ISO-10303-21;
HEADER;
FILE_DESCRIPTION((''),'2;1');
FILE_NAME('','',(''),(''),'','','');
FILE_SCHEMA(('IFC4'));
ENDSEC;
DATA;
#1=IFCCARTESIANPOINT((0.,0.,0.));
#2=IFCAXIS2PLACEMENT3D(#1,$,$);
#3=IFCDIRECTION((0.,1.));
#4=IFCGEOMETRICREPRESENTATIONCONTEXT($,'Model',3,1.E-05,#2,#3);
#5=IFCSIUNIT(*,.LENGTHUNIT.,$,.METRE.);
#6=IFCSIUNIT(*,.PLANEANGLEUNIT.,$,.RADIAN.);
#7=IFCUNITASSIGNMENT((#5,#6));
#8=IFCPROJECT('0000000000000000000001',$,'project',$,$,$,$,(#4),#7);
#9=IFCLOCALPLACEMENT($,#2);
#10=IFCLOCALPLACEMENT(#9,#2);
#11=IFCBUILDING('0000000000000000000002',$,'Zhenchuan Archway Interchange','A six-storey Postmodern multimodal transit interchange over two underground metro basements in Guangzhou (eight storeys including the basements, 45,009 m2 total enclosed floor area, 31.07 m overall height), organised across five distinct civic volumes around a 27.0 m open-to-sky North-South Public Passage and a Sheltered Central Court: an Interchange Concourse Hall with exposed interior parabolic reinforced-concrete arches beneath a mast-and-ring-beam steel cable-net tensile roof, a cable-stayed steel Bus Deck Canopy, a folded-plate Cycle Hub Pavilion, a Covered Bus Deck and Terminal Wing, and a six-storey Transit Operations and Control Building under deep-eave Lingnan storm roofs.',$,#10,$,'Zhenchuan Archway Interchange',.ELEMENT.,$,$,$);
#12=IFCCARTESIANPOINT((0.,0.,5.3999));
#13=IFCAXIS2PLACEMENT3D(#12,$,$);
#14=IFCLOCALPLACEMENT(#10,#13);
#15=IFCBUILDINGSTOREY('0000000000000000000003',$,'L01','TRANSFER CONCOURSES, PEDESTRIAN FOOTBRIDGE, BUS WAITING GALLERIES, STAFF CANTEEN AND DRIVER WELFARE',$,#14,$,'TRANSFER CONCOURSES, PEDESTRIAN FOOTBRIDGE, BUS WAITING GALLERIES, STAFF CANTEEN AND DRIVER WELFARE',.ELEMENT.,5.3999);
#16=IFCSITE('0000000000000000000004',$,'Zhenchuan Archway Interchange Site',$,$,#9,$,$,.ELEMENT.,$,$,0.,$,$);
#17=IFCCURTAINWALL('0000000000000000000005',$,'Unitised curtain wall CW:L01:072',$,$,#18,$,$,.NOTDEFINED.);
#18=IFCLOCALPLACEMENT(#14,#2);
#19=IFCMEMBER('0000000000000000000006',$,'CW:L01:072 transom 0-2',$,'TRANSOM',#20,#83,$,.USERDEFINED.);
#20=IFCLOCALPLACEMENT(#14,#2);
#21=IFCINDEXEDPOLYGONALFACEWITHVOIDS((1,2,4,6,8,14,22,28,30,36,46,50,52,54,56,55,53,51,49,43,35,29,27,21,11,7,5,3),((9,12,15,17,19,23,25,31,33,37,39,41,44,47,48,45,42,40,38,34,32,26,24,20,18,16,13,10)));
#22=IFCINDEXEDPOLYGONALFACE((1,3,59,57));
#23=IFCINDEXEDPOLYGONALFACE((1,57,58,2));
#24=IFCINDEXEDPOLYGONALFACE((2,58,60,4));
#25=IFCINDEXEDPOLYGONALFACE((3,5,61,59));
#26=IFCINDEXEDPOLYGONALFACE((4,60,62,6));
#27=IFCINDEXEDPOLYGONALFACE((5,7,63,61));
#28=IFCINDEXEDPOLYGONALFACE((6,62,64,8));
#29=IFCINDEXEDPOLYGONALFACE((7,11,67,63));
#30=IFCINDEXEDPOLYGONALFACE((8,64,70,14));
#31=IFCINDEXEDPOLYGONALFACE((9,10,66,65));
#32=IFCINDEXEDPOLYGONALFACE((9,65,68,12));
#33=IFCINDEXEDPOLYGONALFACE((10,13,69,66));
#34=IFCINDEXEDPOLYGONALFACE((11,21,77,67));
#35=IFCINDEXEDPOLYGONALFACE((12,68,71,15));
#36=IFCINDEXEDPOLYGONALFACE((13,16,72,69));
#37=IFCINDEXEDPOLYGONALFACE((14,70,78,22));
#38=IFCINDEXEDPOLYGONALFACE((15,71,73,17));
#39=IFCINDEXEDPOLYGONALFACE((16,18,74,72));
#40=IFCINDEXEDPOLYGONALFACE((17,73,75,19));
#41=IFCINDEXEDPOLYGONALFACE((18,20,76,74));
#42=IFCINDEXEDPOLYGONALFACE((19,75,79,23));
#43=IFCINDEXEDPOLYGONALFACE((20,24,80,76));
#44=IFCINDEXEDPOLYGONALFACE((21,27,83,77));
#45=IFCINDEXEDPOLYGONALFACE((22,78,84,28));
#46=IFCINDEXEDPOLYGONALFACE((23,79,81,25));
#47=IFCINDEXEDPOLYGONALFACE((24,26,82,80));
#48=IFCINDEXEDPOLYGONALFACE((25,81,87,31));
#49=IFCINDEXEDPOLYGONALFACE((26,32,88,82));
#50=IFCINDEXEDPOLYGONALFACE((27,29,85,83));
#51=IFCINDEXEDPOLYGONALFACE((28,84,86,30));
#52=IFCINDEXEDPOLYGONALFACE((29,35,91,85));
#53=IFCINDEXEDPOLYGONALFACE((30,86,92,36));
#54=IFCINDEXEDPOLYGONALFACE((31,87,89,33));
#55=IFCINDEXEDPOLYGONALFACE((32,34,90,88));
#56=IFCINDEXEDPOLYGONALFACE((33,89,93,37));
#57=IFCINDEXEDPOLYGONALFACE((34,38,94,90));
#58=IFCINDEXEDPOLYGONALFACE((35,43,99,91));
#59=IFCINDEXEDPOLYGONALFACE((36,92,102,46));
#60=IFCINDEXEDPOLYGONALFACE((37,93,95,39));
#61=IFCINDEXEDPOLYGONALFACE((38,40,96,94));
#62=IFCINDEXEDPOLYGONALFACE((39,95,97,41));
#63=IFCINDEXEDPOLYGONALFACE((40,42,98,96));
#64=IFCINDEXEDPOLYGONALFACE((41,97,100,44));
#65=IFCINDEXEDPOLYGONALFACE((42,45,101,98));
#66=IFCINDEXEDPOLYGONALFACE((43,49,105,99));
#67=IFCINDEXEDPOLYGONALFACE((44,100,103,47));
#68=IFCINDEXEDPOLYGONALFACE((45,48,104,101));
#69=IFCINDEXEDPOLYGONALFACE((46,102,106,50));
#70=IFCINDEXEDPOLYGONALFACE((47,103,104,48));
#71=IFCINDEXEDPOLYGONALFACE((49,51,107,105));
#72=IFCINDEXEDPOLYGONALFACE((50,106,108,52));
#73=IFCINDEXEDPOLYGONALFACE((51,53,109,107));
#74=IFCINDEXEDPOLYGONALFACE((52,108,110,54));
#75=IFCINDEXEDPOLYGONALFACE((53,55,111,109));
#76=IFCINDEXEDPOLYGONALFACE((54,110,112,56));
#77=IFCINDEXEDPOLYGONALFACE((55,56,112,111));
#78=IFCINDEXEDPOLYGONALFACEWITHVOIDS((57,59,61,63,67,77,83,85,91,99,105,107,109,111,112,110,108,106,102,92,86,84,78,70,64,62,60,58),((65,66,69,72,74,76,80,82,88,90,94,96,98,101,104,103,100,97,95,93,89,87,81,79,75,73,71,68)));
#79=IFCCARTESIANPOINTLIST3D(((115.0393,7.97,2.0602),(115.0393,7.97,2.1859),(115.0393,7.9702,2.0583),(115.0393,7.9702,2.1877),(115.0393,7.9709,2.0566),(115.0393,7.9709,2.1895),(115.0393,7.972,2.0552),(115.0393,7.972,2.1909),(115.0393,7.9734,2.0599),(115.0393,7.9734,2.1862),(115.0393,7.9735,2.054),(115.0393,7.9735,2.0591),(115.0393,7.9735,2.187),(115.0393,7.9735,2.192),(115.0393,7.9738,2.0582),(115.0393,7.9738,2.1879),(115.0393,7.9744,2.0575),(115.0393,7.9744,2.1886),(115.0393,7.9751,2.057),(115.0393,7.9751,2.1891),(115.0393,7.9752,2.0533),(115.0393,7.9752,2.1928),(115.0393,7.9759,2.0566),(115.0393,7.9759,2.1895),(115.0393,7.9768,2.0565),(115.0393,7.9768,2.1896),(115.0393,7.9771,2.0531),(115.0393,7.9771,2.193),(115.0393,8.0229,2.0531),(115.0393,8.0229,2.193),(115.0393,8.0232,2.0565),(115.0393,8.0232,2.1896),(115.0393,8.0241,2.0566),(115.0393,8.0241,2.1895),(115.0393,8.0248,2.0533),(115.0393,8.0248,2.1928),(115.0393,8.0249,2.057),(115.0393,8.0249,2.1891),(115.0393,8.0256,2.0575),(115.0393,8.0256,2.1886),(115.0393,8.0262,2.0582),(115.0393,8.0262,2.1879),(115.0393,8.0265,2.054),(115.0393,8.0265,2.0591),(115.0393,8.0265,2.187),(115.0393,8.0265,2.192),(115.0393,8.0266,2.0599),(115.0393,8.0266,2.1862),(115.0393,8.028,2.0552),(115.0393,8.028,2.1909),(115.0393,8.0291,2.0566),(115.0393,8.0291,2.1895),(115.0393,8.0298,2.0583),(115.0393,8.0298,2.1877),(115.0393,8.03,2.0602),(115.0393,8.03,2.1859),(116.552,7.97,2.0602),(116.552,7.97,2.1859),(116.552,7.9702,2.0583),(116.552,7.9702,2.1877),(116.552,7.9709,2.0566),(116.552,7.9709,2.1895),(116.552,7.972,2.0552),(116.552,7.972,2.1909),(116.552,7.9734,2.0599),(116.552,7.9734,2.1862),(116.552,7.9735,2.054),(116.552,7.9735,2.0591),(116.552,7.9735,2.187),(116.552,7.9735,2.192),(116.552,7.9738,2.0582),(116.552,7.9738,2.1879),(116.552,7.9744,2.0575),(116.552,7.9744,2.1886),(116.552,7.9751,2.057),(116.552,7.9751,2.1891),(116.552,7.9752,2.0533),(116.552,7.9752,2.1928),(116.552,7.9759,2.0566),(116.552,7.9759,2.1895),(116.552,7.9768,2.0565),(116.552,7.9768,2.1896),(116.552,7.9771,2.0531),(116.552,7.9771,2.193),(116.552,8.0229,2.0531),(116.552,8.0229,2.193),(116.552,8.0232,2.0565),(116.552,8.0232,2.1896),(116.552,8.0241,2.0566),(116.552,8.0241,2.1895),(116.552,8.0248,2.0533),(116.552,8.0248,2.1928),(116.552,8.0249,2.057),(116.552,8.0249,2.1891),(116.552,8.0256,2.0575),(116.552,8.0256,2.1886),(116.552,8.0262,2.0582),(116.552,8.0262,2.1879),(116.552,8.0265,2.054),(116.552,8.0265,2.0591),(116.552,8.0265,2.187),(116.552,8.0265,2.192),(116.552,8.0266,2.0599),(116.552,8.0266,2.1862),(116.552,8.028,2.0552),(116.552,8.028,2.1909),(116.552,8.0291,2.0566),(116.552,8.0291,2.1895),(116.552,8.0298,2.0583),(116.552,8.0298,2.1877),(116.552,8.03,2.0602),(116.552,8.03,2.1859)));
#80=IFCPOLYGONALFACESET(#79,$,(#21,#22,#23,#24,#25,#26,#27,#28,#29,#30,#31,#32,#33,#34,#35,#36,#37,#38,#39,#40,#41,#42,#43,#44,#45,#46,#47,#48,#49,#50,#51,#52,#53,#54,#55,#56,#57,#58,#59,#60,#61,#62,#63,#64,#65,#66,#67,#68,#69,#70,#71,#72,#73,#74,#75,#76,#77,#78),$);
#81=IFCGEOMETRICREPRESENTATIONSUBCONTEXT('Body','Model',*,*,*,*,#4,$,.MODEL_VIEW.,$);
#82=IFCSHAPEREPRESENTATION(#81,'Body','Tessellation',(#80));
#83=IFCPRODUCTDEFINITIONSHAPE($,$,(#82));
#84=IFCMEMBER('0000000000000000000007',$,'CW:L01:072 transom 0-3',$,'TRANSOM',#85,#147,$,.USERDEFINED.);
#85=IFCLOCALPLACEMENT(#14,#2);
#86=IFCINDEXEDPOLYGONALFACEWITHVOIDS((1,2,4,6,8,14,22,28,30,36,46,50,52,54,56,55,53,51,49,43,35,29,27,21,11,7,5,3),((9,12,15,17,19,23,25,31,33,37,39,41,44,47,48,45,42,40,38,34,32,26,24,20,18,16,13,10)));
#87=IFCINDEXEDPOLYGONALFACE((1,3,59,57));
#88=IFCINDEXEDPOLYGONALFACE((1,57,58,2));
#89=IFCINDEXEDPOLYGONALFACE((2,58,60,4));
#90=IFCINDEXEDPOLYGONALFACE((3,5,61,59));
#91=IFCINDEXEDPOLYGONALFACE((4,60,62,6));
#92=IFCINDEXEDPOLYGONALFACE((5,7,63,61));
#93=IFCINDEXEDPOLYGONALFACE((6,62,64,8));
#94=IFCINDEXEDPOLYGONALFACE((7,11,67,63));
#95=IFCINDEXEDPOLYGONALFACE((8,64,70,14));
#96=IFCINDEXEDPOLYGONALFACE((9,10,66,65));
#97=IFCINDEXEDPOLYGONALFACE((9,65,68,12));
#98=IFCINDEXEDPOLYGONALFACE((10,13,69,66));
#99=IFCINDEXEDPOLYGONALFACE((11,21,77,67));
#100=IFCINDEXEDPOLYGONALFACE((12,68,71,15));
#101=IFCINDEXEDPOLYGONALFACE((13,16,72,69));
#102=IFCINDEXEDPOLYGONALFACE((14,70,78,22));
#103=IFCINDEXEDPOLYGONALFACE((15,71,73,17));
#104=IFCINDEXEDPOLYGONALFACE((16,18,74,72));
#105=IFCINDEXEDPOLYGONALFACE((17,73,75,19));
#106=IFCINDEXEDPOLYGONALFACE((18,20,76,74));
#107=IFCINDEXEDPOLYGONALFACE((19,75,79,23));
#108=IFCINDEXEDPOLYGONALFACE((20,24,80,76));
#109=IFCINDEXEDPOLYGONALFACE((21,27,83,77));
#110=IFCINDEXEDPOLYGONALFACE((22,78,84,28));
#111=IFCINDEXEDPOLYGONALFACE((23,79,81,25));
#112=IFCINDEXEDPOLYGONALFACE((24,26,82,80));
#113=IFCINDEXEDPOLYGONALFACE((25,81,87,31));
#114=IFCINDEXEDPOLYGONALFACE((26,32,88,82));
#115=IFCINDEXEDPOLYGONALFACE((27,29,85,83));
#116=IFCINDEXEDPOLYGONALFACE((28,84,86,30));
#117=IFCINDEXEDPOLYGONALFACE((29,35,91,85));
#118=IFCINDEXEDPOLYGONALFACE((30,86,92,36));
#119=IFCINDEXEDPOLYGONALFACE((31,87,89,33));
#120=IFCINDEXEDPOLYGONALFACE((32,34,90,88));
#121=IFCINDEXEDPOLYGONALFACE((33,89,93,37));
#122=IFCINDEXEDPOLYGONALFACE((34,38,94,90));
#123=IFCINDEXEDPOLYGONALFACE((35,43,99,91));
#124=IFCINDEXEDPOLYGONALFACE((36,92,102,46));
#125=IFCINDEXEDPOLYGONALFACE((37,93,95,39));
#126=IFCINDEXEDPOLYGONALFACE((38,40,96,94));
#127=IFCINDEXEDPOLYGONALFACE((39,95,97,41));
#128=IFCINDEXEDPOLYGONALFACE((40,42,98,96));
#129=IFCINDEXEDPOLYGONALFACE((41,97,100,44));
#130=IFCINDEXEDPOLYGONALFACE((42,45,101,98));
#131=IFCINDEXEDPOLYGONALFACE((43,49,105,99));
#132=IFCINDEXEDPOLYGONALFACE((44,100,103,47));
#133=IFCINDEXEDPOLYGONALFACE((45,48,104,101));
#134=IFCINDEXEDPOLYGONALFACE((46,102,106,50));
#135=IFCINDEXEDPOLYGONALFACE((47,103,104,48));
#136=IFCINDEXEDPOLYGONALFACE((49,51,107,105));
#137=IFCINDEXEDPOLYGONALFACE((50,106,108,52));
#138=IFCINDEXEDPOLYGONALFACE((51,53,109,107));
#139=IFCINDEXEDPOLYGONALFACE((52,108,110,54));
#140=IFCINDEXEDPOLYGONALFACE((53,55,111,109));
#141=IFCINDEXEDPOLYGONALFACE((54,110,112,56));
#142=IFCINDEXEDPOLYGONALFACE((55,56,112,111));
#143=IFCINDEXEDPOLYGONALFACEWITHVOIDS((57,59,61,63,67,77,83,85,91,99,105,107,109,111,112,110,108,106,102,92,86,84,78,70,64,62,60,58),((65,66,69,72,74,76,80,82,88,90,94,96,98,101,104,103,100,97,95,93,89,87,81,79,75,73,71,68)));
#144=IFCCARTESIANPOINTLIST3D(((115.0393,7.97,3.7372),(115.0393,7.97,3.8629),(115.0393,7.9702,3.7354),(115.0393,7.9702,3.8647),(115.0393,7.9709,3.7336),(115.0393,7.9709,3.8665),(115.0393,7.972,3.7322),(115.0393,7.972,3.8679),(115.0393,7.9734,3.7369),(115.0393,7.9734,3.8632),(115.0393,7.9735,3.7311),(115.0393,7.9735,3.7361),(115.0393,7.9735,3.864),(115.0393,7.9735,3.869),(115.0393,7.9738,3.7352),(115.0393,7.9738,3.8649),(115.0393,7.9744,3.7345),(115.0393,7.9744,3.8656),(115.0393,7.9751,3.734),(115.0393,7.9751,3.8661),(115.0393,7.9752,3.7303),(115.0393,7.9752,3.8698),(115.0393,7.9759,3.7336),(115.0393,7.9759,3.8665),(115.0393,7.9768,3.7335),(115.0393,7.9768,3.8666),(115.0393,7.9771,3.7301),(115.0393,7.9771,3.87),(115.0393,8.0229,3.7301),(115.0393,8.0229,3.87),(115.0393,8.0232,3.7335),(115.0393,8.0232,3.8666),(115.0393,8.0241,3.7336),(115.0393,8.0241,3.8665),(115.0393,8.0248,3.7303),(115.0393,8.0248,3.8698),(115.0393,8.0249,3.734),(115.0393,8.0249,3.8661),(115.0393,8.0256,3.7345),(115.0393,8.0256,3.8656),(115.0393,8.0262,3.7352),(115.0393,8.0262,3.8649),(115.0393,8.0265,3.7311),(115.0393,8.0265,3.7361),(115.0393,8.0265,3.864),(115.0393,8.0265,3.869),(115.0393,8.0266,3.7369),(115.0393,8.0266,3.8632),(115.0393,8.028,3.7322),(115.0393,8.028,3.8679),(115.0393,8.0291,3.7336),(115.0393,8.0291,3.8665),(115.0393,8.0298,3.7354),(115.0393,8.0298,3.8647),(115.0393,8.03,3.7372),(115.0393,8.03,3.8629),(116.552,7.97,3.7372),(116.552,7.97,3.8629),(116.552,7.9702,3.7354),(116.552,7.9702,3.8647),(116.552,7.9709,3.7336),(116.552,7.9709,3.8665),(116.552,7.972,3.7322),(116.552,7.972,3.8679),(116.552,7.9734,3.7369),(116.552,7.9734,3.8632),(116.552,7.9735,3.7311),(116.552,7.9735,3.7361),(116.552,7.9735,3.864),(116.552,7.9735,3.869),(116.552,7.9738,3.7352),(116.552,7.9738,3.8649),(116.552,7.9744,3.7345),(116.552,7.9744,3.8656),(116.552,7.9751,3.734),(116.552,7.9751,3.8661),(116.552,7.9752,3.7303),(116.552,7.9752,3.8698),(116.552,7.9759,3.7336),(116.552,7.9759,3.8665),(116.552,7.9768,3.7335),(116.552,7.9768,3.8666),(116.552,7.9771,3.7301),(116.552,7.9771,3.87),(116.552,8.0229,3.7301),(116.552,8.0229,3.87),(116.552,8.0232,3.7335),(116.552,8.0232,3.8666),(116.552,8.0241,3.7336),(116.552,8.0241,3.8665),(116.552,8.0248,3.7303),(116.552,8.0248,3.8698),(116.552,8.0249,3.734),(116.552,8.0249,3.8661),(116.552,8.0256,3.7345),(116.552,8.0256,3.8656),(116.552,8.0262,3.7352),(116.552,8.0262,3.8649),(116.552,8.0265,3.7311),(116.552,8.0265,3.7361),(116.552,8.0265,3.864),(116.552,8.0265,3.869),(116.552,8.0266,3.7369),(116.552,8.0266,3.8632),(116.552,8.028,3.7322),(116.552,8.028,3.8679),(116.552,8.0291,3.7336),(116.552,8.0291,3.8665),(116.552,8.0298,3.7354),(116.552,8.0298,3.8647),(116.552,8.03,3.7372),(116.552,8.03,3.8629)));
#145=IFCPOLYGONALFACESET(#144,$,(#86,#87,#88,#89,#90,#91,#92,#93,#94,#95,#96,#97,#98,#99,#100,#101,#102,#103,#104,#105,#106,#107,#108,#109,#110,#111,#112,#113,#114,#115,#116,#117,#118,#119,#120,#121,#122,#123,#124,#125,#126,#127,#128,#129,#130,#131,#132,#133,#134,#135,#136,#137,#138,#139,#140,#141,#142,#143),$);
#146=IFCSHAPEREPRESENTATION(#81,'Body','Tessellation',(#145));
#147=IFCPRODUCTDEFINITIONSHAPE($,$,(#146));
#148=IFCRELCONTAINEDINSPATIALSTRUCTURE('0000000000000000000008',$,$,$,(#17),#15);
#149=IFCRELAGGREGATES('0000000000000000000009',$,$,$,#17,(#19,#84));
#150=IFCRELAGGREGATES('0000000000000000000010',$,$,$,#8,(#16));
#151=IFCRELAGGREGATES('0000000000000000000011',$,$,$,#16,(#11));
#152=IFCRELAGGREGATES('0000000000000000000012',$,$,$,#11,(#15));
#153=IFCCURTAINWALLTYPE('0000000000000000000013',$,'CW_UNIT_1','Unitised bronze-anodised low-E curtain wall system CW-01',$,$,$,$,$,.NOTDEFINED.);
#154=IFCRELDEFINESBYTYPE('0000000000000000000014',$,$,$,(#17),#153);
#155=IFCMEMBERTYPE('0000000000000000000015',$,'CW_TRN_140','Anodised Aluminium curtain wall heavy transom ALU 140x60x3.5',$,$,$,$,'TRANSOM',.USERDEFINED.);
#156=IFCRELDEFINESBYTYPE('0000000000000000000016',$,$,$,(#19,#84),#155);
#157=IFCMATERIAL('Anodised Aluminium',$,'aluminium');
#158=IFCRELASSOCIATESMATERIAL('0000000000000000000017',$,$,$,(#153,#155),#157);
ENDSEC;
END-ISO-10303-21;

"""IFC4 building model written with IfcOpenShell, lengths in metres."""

from ifc_helpers import new_model, si_unit, direction, frame, origin, origin_2d, place, context, subcontext, project, spatial, hollow_rectangle, extrude, material, material_profile, profile_set, type_object, element, aggregate, save


model = new_model("IFC4")

# Units and contexts
model_context = context("Model", 3, precision=1e-05, world=origin(), true_north=direction((0.0, 1.0)))
body_context = subcontext(model_context, "Body", "Model", "MODEL_VIEW")
ifc_project = project(units=[si_unit("LENGTHUNIT", "METRE"), si_unit("PLANEANGLEUNIT", "RADIAN")], contexts=[model_context])

# Site, building, storey
site_placement = place(None, origin())
site = spatial("IfcSite", under=ifc_project, at=site_placement, Name="Zhenchuan Archway Interchange Site", CompositionType="ELEMENT", RefElevation=0.0)
building_placement = place(site_placement, origin())
building = spatial("IfcBuilding", under=site, at=building_placement, Name="Zhenchuan Archway Interchange", Description="A six-storey Postmodern multimodal transit interchange over two underground metro basements in Guangzhou (eight storeys including the basements, 45,009 m2 total enclosed floor area, 31.07 m overall height), organised across five distinct civic volumes around a 27.0 m open-to-sky North-South Public Passage and a Sheltered Central Court: an Interchange Concourse Hall with exposed interior parabolic reinforced-concrete arches beneath a mast-and-ring-beam steel cable-net tensile roof, a cable-stayed steel Bus Deck Canopy, a folded-plate Cycle Hub Pavilion, a Covered Bus Deck and Terminal Wing, and a six-storey Transit Operations and Control Building under deep-eave Lingnan storm roofs.", LongName="Zhenchuan Archway Interchange", CompositionType="ELEMENT")
storey_placement = place(building_placement, frame((0.0, 0.0, 5.3999)))
storey = spatial("IfcBuildingStorey", under=building, at=storey_placement, Name="L01", Description="TRANSFER CONCOURSES, PEDESTRIAN FOOTBRIDGE, BUS WAITING GALLERIES, STAFF CANTEEN AND DRIVER WELFARE", LongName="TRANSFER CONCOURSES, PEDESTRIAN FOOTBRIDGE, BUS WAITING GALLERIES, STAFF CANTEEN AND DRIVER WELFARE", CompositionType="ELEMENT", Elevation=5.3999)

# Curtain wall, members
ifc_material_1 = material(Name="Anodised Aluminium", Category="aluminium")
curtain_wall_type = type_object("IfcCurtainWallType", Name="CW_UNIT_1", Description="Unitised bronze-anodised low-E curtain wall system CW-01", PredefinedType="NOTDEFINED", material=ifc_material_1)
curtain_wall_placement = place(storey_placement, origin())
curtain_wall = element("IfcCurtainWall", 1, at=curtain_wall_placement, inside=storey, type_object=curtain_wall_type, Name="Unitised curtain wall CW:L01:072", PredefinedType="NOTDEFINED")
ifc_material_profile_1 = material_profile(ifc_material_1, hollow_rectangle(XDim=0.0601, YDim=0.1399, WallThickness=0.0034, InnerFilletRadius=0.0034, OuterFilletRadius=0.0071, at=origin_2d()), Name="ALU 140x60x3.5")
ifc_profile_set_1 = profile_set([ifc_material_profile_1], Name="Anodised Aluminium")
member_type_1 = type_object("IfcMemberType", Name="CW_TRN_140", Description="Anodised Aluminium curtain wall heavy transom ALU 140x60x3.5", ElementType="TRANSOM", PredefinedType="USERDEFINED", material=ifc_profile_set_1)
member_1_placement = place(storey_placement, frame((116.552, 8.0, 2.123), z_axis=(-1.0, 0.0, 0.0), x_axis=(0.0, -1.0, 0.0)))
member_1 = element("IfcMember", 2, at=member_1_placement, type_object=member_type_1, Name="CW:L01:072 transom 0-2", ObjectType="TRANSOM", PredefinedType="USERDEFINED", context=body_context, shape_type="SweptSolid", body=[
    extrude(hollow_rectangle(XDim=0.0601, YDim=0.1399, WallThickness=0.0034, InnerFilletRadius=0.0034, OuterFilletRadius=0.0071, at=origin_2d()), origin(), (0.0, 0.0, 1.0), 1.5127),
])
member_2_placement = place(storey_placement, frame((116.552, 8.0, 3.8), z_axis=(-1.0, 0.0, 0.0), x_axis=(0.0, -1.0, 0.0)))
member_2 = element("IfcMember", 3, at=member_2_placement, type_object=member_type_1, Name="CW:L01:072 transom 0-3", ObjectType="TRANSOM", PredefinedType="USERDEFINED", context=body_context, shape_type="SweptSolid", body=[
    extrude(hollow_rectangle(XDim=0.0601, YDim=0.1399, WallThickness=0.0034, InnerFilletRadius=0.0034, OuterFilletRadius=0.0071, at=origin_2d()), origin(), (0.0, 0.0, 1.0), 1.5127),
])

aggregate(curtain_wall, [member_1, member_2])

save(model, "model.ifc")
